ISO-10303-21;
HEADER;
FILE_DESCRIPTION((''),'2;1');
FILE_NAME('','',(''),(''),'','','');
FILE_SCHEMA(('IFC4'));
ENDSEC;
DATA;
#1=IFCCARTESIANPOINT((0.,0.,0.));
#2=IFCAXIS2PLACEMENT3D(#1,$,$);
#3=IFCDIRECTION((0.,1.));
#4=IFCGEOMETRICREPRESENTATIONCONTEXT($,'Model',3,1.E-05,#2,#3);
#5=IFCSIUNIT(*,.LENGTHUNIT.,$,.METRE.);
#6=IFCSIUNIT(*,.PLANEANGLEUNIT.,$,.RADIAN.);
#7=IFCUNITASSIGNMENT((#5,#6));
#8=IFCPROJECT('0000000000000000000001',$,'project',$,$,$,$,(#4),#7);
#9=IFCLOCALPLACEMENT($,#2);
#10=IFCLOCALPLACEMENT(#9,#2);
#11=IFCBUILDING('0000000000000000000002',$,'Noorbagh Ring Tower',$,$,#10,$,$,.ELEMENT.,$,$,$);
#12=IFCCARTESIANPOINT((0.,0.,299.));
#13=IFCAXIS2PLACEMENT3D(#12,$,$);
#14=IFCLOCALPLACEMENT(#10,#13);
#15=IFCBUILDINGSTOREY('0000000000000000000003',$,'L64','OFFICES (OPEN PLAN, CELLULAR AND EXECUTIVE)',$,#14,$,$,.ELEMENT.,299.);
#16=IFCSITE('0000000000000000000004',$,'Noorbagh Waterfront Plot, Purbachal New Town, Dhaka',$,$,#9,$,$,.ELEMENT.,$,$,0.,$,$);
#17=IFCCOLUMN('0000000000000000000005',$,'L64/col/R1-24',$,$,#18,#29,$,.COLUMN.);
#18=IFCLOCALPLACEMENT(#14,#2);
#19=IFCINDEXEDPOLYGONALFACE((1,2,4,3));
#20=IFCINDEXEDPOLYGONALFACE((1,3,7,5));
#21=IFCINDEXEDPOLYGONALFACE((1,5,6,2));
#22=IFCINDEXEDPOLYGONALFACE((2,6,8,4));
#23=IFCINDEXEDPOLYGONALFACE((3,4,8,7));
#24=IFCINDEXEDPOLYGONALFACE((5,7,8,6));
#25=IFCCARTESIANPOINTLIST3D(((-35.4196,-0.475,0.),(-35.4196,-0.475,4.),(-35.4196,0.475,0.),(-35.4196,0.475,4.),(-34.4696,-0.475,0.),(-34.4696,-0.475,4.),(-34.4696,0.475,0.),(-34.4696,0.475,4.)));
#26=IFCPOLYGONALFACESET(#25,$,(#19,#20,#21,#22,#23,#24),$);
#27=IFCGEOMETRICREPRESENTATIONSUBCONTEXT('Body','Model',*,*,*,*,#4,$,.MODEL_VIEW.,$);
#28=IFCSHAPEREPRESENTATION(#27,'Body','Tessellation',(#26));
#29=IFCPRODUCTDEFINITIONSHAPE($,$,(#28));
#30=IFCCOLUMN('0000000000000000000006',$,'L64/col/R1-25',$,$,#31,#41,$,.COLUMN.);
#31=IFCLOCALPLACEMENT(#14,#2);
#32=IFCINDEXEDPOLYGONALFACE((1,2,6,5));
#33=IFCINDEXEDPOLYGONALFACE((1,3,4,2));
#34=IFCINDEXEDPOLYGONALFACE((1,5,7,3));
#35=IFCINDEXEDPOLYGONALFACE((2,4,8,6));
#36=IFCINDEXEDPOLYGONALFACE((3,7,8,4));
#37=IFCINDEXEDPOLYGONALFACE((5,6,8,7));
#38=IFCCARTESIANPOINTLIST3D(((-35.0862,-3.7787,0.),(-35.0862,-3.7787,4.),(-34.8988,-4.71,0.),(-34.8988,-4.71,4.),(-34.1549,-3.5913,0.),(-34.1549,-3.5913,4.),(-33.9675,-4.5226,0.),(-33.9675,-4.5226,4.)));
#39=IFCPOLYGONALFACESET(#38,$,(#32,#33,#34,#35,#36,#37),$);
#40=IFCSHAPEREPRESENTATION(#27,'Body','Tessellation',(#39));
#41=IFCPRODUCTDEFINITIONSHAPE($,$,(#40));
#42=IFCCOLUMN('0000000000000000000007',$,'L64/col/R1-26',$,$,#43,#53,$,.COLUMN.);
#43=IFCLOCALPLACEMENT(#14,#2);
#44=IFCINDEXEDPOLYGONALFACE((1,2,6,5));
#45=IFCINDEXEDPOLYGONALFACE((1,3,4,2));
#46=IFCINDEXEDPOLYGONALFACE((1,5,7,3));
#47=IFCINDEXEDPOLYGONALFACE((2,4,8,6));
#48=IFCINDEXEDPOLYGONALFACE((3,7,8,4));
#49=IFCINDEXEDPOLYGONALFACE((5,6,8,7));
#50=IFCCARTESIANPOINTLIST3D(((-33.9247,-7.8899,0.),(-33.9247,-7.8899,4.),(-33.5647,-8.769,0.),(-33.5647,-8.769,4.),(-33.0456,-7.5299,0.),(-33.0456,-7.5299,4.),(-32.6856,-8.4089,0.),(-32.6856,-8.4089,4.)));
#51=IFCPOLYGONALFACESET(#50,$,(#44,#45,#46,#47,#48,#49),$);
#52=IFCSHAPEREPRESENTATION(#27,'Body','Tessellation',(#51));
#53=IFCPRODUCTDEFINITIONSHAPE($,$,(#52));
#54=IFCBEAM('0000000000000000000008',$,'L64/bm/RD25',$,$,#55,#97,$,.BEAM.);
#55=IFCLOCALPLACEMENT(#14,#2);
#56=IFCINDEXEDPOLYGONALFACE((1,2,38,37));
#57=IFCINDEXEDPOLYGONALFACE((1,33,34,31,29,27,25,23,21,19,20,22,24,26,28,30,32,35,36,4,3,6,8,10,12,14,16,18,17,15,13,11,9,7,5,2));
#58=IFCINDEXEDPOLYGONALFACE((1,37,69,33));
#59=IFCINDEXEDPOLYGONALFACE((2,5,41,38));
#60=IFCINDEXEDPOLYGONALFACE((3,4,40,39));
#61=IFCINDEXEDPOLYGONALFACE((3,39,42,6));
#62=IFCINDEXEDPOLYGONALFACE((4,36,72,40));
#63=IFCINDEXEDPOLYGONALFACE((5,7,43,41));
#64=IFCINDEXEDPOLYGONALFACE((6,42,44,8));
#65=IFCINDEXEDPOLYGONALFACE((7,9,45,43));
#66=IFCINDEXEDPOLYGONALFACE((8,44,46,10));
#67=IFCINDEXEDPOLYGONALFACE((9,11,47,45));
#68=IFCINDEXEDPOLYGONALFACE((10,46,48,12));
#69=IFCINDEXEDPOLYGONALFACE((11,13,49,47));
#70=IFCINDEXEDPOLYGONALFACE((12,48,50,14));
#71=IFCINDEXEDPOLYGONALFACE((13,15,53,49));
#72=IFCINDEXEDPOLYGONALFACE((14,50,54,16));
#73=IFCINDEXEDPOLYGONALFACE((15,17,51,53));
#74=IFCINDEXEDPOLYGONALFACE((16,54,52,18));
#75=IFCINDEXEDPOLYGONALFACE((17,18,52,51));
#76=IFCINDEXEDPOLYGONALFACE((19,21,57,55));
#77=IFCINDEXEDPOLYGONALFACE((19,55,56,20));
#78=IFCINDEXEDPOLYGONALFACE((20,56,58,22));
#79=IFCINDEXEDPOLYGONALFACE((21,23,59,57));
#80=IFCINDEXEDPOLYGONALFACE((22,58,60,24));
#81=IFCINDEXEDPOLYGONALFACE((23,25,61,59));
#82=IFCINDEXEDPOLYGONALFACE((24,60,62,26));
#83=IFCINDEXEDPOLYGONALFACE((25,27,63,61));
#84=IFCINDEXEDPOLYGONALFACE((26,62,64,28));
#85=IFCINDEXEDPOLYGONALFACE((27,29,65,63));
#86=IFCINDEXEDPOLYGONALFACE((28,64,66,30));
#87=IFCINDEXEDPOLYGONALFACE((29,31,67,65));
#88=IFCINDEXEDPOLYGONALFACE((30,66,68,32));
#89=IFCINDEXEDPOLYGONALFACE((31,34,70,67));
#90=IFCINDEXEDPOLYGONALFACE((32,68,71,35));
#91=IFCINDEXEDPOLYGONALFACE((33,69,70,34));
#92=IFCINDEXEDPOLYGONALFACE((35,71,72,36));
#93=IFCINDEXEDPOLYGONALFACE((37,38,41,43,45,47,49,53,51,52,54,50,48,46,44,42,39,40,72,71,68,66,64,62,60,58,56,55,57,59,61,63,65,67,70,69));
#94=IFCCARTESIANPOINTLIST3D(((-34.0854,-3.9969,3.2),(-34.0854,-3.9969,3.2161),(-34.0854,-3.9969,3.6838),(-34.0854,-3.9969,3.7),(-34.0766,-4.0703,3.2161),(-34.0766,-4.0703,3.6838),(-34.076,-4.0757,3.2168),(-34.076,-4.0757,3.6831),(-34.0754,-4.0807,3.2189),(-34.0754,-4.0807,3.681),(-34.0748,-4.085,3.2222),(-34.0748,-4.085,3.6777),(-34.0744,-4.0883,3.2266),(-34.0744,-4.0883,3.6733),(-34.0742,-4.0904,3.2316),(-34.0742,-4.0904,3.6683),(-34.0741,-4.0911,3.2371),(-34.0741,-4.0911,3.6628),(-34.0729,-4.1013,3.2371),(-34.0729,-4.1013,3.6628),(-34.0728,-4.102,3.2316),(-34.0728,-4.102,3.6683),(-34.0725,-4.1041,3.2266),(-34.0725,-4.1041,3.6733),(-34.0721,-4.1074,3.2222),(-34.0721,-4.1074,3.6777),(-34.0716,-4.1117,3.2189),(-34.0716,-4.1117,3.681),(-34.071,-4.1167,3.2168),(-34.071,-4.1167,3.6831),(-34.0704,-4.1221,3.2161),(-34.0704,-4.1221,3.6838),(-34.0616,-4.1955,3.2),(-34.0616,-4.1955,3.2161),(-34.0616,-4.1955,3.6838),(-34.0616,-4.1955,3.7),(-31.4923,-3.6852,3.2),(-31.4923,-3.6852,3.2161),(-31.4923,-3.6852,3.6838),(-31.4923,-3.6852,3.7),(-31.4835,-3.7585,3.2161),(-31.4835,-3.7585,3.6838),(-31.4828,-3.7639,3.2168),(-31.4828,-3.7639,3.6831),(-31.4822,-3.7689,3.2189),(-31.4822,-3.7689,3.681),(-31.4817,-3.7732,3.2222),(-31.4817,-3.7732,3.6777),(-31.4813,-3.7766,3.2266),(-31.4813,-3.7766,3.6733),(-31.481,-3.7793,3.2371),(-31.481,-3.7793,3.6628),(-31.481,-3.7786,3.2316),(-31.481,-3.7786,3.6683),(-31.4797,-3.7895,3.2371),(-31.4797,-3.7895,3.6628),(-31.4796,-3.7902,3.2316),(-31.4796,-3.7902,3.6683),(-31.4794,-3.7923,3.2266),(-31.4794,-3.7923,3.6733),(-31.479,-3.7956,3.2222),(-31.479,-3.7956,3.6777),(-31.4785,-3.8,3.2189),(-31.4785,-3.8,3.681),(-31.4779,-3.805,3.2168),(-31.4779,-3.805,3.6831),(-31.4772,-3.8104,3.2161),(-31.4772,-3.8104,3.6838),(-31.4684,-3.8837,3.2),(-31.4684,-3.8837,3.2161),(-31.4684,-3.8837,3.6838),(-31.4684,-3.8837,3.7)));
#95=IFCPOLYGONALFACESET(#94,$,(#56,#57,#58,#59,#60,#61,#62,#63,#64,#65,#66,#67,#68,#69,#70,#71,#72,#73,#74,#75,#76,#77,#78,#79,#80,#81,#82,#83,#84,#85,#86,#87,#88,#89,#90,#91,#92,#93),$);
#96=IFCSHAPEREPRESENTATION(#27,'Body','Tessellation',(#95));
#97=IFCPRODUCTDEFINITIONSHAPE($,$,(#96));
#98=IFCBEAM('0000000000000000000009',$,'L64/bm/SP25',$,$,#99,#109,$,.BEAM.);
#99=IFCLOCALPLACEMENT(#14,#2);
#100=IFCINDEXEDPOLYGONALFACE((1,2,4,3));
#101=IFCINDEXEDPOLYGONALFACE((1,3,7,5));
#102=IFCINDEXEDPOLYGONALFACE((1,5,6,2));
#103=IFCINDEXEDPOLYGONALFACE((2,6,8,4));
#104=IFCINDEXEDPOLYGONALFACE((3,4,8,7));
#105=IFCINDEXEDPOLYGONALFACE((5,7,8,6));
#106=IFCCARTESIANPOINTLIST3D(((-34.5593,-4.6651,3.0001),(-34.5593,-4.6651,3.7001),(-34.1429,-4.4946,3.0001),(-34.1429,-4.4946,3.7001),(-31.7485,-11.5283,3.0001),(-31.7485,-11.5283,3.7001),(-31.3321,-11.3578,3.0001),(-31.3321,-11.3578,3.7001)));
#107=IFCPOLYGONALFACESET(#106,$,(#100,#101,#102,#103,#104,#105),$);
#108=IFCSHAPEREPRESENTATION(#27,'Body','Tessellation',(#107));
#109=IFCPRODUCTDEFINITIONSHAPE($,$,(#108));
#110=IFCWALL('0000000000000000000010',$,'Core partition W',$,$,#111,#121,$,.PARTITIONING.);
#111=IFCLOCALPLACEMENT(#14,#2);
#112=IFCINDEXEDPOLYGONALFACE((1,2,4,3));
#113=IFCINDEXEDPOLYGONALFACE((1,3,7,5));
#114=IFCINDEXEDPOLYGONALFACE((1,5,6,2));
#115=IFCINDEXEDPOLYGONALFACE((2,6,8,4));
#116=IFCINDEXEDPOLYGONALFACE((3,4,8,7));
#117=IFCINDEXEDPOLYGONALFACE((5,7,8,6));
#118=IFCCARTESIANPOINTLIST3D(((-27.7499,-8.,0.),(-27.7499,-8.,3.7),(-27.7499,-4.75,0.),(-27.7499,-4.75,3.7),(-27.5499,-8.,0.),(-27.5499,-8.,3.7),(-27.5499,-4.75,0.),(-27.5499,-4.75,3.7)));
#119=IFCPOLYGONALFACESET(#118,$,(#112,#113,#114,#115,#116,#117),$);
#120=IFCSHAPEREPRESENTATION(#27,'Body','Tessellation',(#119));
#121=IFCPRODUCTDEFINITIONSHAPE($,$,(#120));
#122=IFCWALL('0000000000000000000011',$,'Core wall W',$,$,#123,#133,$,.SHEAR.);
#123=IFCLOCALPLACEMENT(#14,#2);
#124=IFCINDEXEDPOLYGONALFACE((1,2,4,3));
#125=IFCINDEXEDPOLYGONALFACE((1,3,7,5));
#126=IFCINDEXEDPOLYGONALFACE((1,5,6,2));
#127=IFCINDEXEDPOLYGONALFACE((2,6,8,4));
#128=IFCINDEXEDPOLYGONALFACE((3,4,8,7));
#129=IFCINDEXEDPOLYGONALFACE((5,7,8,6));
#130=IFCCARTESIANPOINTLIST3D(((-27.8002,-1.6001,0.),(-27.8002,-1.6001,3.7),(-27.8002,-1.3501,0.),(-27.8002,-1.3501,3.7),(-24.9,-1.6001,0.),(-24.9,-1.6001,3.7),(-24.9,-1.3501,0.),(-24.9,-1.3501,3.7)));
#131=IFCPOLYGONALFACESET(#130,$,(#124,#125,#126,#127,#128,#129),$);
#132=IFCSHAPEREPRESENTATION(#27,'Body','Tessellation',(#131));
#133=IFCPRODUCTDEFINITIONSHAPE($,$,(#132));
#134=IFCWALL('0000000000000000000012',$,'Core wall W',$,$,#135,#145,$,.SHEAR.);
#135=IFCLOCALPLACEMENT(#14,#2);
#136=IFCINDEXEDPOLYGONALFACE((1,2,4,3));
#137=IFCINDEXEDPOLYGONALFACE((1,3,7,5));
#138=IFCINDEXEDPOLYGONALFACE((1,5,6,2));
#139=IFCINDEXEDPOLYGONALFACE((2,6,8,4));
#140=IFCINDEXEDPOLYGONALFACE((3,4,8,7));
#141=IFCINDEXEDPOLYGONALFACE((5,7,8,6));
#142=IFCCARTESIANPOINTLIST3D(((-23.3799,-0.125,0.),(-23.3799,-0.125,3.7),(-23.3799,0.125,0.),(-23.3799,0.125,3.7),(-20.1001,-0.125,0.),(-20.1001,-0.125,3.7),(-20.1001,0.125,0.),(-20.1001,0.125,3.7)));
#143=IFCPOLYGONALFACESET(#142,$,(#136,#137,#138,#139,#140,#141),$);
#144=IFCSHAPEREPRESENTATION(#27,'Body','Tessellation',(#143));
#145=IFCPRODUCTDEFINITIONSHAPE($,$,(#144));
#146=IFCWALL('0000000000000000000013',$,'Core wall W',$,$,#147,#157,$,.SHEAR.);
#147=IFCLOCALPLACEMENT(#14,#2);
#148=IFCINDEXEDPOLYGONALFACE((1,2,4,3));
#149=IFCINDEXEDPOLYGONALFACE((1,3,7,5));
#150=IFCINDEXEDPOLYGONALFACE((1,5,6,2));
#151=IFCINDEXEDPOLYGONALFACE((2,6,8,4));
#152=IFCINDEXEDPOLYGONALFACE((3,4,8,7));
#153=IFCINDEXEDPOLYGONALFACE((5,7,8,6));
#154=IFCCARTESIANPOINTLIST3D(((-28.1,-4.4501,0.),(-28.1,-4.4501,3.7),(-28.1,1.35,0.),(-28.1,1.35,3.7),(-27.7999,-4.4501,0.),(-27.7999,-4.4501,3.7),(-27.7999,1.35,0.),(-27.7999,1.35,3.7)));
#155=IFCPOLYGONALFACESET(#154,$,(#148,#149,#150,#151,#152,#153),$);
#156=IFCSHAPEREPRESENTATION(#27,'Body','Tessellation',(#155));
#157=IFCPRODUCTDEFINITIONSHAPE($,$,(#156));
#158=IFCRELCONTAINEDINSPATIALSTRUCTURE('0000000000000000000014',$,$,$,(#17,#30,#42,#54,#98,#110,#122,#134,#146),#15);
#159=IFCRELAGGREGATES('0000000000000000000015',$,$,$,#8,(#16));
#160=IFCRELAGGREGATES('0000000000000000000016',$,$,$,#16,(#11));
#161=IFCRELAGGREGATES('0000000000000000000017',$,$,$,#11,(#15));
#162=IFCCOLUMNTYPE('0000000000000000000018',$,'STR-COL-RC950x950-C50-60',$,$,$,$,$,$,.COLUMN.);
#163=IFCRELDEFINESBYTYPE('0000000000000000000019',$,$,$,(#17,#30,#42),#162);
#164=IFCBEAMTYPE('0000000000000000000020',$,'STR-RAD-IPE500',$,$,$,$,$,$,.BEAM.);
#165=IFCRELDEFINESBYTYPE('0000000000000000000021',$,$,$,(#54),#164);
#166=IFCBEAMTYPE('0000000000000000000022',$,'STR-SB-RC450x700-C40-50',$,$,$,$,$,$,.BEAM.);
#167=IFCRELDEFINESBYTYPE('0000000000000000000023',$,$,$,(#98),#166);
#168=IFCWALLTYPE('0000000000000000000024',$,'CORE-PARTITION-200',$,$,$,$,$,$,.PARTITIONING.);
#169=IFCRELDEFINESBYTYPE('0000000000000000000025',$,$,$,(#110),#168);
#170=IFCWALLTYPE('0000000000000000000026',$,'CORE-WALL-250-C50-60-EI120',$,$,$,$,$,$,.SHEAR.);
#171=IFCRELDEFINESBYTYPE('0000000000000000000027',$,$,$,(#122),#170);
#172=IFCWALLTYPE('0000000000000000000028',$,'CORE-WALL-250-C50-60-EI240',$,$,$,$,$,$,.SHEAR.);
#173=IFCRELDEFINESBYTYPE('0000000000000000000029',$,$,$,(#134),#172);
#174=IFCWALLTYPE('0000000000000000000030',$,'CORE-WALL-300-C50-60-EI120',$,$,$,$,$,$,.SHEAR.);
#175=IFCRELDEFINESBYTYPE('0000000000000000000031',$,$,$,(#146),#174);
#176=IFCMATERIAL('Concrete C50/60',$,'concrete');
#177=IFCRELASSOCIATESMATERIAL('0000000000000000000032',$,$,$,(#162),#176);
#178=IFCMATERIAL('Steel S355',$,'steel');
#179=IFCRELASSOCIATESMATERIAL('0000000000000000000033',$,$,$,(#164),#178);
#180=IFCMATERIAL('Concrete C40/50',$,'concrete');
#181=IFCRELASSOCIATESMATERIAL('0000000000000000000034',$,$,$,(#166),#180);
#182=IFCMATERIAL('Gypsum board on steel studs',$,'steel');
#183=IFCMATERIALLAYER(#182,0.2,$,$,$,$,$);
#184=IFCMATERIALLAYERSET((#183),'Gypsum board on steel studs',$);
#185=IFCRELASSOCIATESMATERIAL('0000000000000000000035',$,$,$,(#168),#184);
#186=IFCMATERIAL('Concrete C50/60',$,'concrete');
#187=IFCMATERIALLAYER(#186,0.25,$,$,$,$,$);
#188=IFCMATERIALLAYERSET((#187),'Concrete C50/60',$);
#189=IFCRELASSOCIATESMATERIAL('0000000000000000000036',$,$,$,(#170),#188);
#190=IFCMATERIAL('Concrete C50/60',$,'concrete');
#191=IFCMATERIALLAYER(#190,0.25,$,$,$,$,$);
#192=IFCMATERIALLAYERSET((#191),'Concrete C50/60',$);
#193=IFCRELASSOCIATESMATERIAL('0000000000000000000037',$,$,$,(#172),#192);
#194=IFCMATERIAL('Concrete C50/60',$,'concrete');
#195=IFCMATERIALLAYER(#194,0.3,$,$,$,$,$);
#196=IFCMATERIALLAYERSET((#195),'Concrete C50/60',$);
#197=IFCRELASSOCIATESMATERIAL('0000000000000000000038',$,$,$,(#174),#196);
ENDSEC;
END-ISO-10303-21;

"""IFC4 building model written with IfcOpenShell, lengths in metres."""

from ifc_helpers import new_model, si_unit, direction, frame, frame_2d, origin, origin_2d, place, context, subcontext, project, spatial, rectangle, i_section, extrude, material, layer, layer_set, material_profile, profile_set, type_object, element, save


model = new_model("IFC4")

# Units and contexts
model_context = context("Model", 3, precision=1e-05, world=origin(), true_north=direction((0.0, 1.0)))
body_context = subcontext(model_context, "Body", "Model", "MODEL_VIEW")
ifc_project = project(units=[si_unit("LENGTHUNIT", "METRE"), si_unit("PLANEANGLEUNIT", "RADIAN")], contexts=[model_context])

# Site, building, storey
site_placement = place(None, origin())
site = spatial("IfcSite", under=ifc_project, at=site_placement, Name="Noorbagh Waterfront Plot, Purbachal New Town, Dhaka", CompositionType="ELEMENT", RefElevation=0.0)
building_placement = place(site_placement, origin())
building = spatial("IfcBuilding", under=site, at=building_placement, Name="Noorbagh Ring Tower", CompositionType="ELEMENT")
storey_placement = place(building_placement, frame((0.0, 0.0, 299.0)))
storey = spatial("IfcBuildingStorey", under=building, at=storey_placement, Name="L64", Description="OFFICES (OPEN PLAN, CELLULAR AND EXECUTIVE)", CompositionType="ELEMENT", Elevation=299.0)

# Columns
ifc_material_1 = material(Name="Concrete C50/60", Category="concrete")
ifc_material_profile_1 = material_profile(ifc_material_1, rectangle(XDim=0.95, YDim=0.95, at=origin_2d()), Name="RC950x950")
ifc_profile_set_1 = profile_set([ifc_material_profile_1], Name="Concrete C50/60")
column_type = type_object("IfcColumnType", Name="STR-COL-RC950x950-C50-60", PredefinedType="COLUMN", material=ifc_profile_set_1)
for number, where, z_axis, x_axis, name in (
    (1, (-34.9446, 0.0, 0.0), (0.0, 0.0, 1.0), (0.0, -1.0, 0.0), "L64/col/R1-24"),
    (2, (-34.5269, -4.1506, 0.0), (0.0, 0.0, 1.0), (0.19723, -0.980357, 0.0), "L64/col/R1-25"),
    (3, (-33.3052, -8.1494, 0.0), (0.0, 0.0, 1.0), (0.378989, -0.925401, 0.0), "L64/col/R1-26"),
):
    element("IfcColumn", number, at=place(storey_placement, frame(where, z_axis=z_axis, x_axis=x_axis)), inside=storey, type_object=column_type, Name=name, PredefinedType="COLUMN", context=body_context, shape_type="SweptSolid", body=[
        extrude(rectangle(XDim=0.95, YDim=0.95, at=origin_2d()), origin(), (0.0, 0.0, 1.0), 4.0),
    ])

# Beams
ifc_material_2 = material(Name="Steel S355", Category="steel")
ifc_material_profile_2 = material_profile(ifc_material_2, i_section(OverallWidth=0.2, OverallDepth=0.5, WebThickness=0.0103, FlangeThickness=0.0161, FilletRadius=0.021, at=origin_2d()), Name="IPE500")
ifc_profile_set_2 = profile_set([ifc_material_profile_2], Name="Steel S355")
beam_type_1 = type_object("IfcBeamType", Name="STR-RAD-IPE500", PredefinedType="BEAM", material=ifc_profile_set_2)
beam_1_placement = place(storey_placement, frame((-34.0735, -4.0962, 3.45), z_axis=(0.992851, 0.119363, 0.0), x_axis=(-0.119363, 0.992851, 0.0)))
element("IfcBeam", 4, at=beam_1_placement, inside=storey, type_object=beam_type_1, Name="L64/bm/RD25", PredefinedType="BEAM", context=body_context, shape_type="SweptSolid", body=[
    extrude(i_section(OverallWidth=0.2, OverallDepth=0.5, WebThickness=0.0103, FlangeThickness=0.0161, FilletRadius=0.021, at=origin_2d()), origin(), (0.0, 0.0, 1.0), 2.6118),
])
ifc_material_3 = material(Name="Concrete C40/50", Category="concrete")
ifc_material_profile_3 = material_profile(ifc_material_3, rectangle(XDim=0.45, YDim=0.7, at=origin_2d()), Name="RC450x700")
ifc_profile_set_3 = profile_set([ifc_material_profile_3], Name="Concrete C40/50")
beam_type_2 = type_object("IfcBeamType", Name="STR-SB-RC450x700-C40-50", PredefinedType="BEAM", material=ifc_profile_set_3)
beam_2_placement = place(storey_placement, frame((-34.3511, -4.5798, 3.3501), z_axis=(0.378989, -0.925401, 0.0), x_axis=(0.925401, 0.378989, 0.0)))
element("IfcBeam", 5, at=beam_2_placement, inside=storey, type_object=beam_type_2, Name="L64/bm/SP25", PredefinedType="BEAM", context=body_context, shape_type="SweptSolid", body=[
    extrude(rectangle(XDim=0.45, YDim=0.7, at=origin_2d()), origin(), (0.0, 0.0, 1.0), 7.4165),
])

# Walls
ifc_material_4 = material(Name="Gypsum board on steel studs", Category="steel")
ifc_layer_1 = layer(ifc_material_4, 0.2)
ifc_layer_set_1 = layer_set([ifc_layer_1], Name="Gypsum board on steel studs")
wall_type_1 = type_object("IfcWallType", Name="CORE-PARTITION-200", PredefinedType="PARTITIONING", material=ifc_layer_set_1)
wall_1_placement = place(storey_placement, frame((-27.6499, -8.0, 0.0), z_axis=(0.0, 0.0, 1.0), x_axis=(0.0, 1.0, 0.0)))
element("IfcWall", 6, at=wall_1_placement, inside=storey, type_object=wall_type_1, Name="Core partition W", PredefinedType="PARTITIONING", context=body_context, shape_type="SweptSolid", body=[
    extrude(rectangle(XDim=3.25, YDim=0.2, at=frame_2d((1.625, 0.0))), origin(), (0.0, 0.0, 1.0), 3.7),
])
ifc_material_5 = material(Name="Concrete C50/60", Category="concrete")
ifc_layer_2 = layer(ifc_material_5, 0.25)
ifc_layer_set_2 = layer_set([ifc_layer_2], Name="Concrete C50/60")
wall_type_2 = type_object("IfcWallType", Name="CORE-WALL-250-C50-60-EI120", PredefinedType="SHEAR", material=ifc_layer_set_2)
wall_2_placement = place(storey_placement, frame((-24.8999, -1.4751, 0.0), z_axis=(0.0, 0.0, 1.0), x_axis=(-1.0, 0.0, 0.0)))
element("IfcWall", 7, at=wall_2_placement, inside=storey, type_object=wall_type_2, Name="Core wall W", PredefinedType="SHEAR", context=body_context, shape_type="SweptSolid", body=[
    extrude(rectangle(XDim=2.9001, YDim=0.25, at=frame_2d((1.4502, 0.0))), origin(), (0.0, 0.0, 1.0), 3.7),
])
ifc_material_6 = material(Name="Concrete C50/60", Category="concrete")
ifc_layer_3 = layer(ifc_material_6, 0.25)
ifc_layer_set_3 = layer_set([ifc_layer_3], Name="Concrete C50/60")
wall_type_3 = type_object("IfcWallType", Name="CORE-WALL-250-C50-60-EI240", PredefinedType="SHEAR", material=ifc_layer_set_3)
wall_3_placement = place(storey_placement, frame((-20.1001, 0.0, 0.0), z_axis=(0.0, 0.0, 1.0), x_axis=(-1.0, 0.0, 0.0)))
element("IfcWall", 8, at=wall_3_placement, inside=storey, type_object=wall_type_3, Name="Core wall W", PredefinedType="SHEAR", context=body_context, shape_type="SweptSolid", body=[
    extrude(rectangle(XDim=3.2798, YDim=0.25, at=frame_2d((1.6399, 0.0))), origin(), (0.0, 0.0, 1.0), 3.7),
])
ifc_material_7 = material(Name="Concrete C50/60", Category="concrete")
ifc_layer_4 = layer(ifc_material_7, 0.3)
ifc_layer_set_4 = layer_set([ifc_layer_4], Name="Concrete C50/60")
wall_type_4 = type_object("IfcWallType", Name="CORE-WALL-300-C50-60-EI120", PredefinedType="SHEAR", material=ifc_layer_set_4)
wall_4_placement = place(storey_placement, frame((-27.95, -4.45, 0.0), z_axis=(0.0, 0.0, 1.0), x_axis=(0.0, 1.0, 0.0)))
element("IfcWall", 9, at=wall_4_placement, inside=storey, type_object=wall_type_4, Name="Core wall W", PredefinedType="SHEAR", context=body_context, shape_type="SweptSolid", body=[
    extrude(rectangle(XDim=5.8, YDim=0.3, at=frame_2d((2.8999, 0.0))), origin(), (0.0, 0.0, 1.0), 3.7),
])

save(model, "model.ifc")
